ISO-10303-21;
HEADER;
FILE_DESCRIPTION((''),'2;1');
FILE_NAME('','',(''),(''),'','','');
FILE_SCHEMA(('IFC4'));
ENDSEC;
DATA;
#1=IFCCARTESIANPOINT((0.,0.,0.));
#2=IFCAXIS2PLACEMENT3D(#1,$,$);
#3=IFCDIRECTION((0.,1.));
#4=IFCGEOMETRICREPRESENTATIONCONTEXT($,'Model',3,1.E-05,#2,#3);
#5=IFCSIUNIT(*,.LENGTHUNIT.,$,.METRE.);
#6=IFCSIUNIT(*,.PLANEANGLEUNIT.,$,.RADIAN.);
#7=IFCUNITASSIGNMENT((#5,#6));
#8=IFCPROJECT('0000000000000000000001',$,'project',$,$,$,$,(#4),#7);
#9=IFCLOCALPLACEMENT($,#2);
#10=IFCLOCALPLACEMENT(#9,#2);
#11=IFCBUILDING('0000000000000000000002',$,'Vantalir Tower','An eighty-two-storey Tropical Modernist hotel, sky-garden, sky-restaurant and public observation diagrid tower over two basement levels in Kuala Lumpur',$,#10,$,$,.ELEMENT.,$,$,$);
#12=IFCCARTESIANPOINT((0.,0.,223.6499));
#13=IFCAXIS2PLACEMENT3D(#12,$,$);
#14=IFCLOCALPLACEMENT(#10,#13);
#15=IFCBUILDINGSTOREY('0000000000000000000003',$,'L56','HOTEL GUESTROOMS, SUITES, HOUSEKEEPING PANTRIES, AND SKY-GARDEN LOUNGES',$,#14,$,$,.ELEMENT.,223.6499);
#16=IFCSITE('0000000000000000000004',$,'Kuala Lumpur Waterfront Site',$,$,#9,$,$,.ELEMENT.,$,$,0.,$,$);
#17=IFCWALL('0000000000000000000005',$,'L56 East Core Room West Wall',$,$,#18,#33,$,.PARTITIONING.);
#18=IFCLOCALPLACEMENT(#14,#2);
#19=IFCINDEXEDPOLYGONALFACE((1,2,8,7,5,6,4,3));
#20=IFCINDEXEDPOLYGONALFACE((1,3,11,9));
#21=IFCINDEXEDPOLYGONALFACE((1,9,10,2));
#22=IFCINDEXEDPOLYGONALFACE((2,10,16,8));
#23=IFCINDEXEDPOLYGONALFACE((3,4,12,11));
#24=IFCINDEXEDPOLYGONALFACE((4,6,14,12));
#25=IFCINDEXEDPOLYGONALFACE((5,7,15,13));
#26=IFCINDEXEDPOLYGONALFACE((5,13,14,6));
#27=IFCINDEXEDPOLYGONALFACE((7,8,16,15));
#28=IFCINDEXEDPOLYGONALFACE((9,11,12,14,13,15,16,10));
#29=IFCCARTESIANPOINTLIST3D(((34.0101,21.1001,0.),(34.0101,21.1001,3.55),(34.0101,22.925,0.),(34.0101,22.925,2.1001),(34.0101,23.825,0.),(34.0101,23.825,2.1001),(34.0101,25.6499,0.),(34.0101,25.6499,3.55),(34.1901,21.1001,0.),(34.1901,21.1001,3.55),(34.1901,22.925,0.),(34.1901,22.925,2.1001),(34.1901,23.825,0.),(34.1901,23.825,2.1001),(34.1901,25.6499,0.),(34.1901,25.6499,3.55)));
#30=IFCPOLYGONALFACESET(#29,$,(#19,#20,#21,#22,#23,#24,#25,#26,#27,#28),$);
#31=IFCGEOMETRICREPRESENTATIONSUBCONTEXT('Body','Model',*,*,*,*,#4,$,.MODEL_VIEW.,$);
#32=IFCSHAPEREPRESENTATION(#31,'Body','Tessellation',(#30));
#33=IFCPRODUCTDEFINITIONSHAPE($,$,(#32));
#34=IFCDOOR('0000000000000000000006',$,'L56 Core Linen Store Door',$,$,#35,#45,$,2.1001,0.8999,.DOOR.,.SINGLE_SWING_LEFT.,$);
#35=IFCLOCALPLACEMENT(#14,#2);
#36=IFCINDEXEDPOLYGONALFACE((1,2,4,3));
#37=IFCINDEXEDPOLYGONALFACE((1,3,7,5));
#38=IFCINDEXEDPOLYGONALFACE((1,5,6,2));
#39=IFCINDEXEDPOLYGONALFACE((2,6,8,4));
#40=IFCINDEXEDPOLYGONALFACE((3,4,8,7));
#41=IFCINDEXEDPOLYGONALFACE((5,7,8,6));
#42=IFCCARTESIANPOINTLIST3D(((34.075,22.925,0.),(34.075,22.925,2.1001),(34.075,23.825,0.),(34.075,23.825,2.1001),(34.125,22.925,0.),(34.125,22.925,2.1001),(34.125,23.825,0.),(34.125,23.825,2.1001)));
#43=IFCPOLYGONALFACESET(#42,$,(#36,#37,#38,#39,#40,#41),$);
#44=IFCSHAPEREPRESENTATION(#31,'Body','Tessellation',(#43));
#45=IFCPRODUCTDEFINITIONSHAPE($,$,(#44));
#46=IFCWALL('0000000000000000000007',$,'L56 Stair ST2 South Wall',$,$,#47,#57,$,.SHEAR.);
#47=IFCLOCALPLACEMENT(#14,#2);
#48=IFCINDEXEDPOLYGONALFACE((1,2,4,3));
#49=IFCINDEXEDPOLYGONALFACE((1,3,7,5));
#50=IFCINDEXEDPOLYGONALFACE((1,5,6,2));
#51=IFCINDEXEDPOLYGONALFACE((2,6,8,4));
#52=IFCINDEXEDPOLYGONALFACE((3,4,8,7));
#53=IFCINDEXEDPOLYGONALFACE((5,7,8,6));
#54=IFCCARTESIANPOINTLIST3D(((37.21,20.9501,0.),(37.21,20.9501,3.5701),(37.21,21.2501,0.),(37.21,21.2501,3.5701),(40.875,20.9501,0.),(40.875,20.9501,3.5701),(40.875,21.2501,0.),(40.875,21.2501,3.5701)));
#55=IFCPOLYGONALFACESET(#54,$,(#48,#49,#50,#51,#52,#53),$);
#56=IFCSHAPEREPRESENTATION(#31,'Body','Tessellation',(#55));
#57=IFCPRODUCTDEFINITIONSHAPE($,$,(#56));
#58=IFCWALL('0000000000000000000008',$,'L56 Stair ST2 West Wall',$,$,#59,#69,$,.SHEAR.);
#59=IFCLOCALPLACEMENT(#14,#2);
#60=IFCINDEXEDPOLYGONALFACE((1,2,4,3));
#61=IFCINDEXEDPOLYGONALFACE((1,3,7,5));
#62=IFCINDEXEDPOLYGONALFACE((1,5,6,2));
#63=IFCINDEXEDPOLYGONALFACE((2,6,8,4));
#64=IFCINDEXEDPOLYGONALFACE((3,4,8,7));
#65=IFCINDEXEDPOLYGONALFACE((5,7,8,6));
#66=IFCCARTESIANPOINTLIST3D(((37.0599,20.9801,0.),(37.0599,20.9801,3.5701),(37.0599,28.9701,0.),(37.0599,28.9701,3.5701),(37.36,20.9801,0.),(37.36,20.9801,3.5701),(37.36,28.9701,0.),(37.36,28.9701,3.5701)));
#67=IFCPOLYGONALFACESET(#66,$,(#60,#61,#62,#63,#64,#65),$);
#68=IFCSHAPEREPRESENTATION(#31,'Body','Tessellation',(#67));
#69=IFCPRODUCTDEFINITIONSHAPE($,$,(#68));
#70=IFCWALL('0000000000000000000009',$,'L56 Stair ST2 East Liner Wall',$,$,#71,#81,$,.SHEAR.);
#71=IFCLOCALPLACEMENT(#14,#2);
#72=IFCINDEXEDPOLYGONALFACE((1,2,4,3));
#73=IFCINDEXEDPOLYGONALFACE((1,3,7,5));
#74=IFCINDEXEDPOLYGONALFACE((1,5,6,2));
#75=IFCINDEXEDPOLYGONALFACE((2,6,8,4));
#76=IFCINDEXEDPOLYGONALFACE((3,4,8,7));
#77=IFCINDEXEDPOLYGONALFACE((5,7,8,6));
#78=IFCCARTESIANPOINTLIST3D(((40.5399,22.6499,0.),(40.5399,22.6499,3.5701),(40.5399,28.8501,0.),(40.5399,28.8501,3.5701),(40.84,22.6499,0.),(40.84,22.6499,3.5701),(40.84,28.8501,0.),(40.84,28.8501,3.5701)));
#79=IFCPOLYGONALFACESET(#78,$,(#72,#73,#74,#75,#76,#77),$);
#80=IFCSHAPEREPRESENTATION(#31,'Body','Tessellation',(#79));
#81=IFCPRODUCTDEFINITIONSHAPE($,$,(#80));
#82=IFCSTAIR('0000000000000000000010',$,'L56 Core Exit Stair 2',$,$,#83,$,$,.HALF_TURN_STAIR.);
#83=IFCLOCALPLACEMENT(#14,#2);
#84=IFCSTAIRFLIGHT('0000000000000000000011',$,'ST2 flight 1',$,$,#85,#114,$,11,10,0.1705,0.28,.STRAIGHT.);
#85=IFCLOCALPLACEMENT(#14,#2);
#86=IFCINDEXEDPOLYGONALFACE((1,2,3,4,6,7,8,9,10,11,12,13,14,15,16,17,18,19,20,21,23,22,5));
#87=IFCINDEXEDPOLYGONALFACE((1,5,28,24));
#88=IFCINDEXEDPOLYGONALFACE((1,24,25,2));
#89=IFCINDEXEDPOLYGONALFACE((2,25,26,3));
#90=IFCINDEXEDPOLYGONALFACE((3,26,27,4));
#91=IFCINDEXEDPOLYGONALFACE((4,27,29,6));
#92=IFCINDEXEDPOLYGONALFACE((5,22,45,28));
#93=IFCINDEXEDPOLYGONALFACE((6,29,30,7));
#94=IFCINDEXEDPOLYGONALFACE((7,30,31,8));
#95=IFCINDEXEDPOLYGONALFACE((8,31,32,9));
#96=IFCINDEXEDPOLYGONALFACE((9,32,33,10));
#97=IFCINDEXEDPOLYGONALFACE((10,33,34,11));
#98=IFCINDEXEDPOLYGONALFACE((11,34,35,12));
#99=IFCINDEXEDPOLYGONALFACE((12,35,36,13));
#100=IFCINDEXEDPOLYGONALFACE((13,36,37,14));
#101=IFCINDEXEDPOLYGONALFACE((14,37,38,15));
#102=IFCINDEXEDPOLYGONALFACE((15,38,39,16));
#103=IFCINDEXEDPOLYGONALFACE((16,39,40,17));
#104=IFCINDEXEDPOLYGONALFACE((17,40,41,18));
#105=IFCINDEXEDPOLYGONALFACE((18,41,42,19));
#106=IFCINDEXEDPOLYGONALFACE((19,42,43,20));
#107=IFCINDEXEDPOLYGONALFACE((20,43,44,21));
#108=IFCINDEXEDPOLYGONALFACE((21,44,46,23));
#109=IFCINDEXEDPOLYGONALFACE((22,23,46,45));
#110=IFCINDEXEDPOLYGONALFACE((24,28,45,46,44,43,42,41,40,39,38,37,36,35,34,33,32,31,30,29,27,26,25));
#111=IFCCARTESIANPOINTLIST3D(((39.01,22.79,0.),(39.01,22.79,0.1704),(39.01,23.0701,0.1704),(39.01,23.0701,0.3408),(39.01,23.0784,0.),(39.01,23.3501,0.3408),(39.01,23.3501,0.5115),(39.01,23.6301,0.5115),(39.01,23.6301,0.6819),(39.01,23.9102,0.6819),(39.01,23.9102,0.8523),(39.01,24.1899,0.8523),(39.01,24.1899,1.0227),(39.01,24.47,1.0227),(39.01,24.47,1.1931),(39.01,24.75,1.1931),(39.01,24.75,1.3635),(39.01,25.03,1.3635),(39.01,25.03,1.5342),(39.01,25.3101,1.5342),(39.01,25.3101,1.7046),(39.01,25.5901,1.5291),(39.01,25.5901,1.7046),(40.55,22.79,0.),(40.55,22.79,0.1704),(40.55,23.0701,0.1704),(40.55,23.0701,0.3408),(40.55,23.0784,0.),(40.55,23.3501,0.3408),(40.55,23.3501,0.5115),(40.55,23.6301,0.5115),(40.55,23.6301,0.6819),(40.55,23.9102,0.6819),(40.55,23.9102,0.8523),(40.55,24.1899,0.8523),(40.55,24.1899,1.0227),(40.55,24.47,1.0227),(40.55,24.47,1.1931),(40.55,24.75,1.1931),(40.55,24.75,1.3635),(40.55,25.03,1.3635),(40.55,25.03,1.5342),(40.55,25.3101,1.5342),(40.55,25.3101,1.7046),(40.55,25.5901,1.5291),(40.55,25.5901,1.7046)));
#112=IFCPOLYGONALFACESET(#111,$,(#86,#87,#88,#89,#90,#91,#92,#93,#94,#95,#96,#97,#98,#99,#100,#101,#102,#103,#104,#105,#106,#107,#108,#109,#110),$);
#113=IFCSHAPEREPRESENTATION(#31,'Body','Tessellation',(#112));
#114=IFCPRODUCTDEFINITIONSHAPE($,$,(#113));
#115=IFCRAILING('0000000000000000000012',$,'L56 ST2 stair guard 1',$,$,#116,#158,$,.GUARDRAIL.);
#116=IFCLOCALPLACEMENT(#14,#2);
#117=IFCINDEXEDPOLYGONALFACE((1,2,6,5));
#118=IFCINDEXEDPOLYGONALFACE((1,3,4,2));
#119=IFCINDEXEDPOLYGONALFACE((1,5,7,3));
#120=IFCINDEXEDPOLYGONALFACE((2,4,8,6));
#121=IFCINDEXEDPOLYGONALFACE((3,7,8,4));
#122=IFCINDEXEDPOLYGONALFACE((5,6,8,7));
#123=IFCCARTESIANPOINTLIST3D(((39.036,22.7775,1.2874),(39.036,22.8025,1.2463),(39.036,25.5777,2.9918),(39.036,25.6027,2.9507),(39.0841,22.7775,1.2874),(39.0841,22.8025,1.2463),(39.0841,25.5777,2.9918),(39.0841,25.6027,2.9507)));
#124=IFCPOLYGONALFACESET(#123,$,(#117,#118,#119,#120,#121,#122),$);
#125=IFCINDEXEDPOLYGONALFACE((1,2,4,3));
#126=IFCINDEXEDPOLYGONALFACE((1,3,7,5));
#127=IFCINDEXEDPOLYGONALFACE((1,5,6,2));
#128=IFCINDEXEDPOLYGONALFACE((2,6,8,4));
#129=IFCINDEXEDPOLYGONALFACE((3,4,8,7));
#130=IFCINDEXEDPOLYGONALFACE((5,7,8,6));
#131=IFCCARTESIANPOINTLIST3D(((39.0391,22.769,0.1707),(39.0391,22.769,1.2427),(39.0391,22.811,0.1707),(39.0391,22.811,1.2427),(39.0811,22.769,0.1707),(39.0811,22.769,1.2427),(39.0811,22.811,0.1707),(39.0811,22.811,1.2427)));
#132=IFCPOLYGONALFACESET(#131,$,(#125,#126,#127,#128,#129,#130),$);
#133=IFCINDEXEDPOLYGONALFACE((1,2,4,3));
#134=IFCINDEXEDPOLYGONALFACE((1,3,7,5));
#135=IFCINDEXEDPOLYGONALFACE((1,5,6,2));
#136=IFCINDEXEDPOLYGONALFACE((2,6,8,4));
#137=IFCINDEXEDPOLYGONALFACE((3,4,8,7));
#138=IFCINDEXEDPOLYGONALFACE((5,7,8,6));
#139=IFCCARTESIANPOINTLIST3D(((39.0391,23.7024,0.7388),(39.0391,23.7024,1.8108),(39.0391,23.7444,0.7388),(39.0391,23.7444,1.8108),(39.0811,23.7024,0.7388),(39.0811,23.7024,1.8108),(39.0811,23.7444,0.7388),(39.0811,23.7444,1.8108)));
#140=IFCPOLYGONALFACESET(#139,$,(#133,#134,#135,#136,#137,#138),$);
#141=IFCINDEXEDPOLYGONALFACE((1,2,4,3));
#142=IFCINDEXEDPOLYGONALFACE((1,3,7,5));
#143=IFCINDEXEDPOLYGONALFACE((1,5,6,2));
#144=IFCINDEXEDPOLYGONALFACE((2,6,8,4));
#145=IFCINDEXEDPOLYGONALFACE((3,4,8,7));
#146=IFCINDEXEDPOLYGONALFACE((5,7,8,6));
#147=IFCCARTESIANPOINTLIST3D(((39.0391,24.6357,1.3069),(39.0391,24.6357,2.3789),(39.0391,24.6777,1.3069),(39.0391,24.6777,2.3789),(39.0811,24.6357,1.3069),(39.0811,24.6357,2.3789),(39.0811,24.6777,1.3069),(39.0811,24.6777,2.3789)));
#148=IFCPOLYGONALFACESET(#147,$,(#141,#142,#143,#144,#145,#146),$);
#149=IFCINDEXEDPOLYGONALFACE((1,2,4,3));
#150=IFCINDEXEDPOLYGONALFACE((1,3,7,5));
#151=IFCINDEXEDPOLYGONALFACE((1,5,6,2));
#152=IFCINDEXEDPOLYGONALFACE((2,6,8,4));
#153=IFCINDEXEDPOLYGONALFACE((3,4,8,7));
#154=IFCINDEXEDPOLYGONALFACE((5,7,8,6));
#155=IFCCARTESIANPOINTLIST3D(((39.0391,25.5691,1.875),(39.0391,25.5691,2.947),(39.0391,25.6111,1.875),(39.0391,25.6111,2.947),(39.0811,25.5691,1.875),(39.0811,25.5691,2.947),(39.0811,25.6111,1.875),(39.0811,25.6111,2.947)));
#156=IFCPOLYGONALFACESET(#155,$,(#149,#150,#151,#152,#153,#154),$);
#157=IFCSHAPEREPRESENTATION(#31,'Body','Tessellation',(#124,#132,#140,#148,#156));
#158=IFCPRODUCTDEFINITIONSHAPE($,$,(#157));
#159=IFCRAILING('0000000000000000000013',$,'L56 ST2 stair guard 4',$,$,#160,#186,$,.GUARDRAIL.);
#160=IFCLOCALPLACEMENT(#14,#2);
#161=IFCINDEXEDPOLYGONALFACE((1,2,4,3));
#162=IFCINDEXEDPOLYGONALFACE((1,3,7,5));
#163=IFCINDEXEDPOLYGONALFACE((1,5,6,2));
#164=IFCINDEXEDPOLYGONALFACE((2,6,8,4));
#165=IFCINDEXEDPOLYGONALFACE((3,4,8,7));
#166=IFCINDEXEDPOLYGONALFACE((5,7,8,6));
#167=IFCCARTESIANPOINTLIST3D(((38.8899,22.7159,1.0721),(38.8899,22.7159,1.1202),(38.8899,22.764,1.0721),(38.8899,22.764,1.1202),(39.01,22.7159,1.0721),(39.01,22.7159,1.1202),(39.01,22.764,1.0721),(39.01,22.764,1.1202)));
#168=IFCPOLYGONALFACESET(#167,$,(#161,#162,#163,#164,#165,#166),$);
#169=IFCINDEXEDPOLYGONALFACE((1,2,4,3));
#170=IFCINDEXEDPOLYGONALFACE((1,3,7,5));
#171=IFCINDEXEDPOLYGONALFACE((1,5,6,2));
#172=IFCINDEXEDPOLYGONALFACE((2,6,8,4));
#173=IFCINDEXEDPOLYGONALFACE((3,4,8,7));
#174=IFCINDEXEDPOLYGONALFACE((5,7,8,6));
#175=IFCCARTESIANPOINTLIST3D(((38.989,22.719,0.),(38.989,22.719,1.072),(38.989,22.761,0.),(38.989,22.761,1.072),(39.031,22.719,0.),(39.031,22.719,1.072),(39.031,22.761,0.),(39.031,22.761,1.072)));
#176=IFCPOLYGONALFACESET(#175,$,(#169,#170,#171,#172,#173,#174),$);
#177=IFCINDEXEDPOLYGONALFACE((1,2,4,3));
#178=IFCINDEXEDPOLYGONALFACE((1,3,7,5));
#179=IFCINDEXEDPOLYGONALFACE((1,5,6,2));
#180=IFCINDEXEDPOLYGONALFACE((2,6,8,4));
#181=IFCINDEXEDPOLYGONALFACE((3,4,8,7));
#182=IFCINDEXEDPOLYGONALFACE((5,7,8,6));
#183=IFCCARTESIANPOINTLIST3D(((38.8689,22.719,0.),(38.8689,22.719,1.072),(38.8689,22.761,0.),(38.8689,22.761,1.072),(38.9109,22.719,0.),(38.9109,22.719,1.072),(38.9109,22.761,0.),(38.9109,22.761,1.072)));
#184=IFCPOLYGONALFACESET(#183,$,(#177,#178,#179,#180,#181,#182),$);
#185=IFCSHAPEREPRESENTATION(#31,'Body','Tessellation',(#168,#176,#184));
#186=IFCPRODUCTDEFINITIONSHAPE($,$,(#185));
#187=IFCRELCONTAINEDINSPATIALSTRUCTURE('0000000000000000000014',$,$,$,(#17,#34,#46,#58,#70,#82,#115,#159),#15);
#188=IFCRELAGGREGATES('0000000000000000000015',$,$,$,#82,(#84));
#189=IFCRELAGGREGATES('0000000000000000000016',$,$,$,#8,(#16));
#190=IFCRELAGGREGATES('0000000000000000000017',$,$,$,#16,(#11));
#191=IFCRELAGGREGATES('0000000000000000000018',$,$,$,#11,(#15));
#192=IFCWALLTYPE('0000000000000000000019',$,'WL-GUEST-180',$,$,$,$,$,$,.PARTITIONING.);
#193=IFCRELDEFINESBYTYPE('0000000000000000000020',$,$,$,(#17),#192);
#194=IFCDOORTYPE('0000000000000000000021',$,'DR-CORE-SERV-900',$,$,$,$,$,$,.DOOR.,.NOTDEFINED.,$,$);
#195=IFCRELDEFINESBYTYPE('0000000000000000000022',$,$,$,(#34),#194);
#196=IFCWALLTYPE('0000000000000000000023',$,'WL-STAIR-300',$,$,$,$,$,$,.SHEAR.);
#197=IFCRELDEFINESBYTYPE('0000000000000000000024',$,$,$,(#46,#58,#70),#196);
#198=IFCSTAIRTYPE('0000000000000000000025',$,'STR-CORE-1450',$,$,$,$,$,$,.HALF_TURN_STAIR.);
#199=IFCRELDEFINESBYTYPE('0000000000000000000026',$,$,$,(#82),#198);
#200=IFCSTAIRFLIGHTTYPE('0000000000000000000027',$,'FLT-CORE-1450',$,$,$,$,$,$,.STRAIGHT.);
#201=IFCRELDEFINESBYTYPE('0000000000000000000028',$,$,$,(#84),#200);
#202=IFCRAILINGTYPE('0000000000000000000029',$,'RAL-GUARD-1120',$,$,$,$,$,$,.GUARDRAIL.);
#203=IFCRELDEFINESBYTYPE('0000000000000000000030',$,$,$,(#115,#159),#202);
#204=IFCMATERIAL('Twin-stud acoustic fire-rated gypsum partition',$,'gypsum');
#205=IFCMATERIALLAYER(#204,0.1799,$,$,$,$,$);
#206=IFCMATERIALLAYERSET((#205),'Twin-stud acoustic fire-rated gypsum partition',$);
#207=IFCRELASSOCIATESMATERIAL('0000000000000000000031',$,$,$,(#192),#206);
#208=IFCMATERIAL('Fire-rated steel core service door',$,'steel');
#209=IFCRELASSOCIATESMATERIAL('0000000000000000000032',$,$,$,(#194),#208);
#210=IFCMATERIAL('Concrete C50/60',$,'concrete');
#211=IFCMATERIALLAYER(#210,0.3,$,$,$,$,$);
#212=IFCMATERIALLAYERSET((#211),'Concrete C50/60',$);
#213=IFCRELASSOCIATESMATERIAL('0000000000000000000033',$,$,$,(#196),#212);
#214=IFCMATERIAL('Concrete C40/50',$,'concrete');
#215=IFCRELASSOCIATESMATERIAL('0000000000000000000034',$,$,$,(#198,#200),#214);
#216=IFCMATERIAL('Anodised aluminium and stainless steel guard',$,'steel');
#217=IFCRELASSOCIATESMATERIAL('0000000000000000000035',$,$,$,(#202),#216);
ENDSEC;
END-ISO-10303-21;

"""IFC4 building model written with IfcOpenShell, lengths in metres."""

from ifc_helpers import new_model, si_unit, direction, frame, frame_2d, origin, origin_2d, place, context, subcontext, project, spatial, polyline, rectangle, outline, extrude, material, layer, layer_set, type_object, element, fill, aggregate, save


model = new_model("IFC4")

# Units and contexts
model_context = context("Model", 3, precision=1e-05, world=origin(), true_north=direction((0.0, 1.0)))
body_context = subcontext(model_context, "Body", "Model", "MODEL_VIEW")
ifc_project = project(units=[si_unit("LENGTHUNIT", "METRE"), si_unit("PLANEANGLEUNIT", "RADIAN")], contexts=[model_context])

# Site, building, storey
site_placement = place(None, origin())
site = spatial("IfcSite", under=ifc_project, at=site_placement, Name="Kuala Lumpur Waterfront Site", CompositionType="ELEMENT", RefElevation=0.0)
building_placement = place(site_placement, origin())
building = spatial("IfcBuilding", under=site, at=building_placement, Name="Vantalir Tower", Description="An eighty-two-storey Tropical Modernist hotel, sky-garden, sky-restaurant and public observation diagrid tower over two basement levels in Kuala Lumpur", CompositionType="ELEMENT")
storey_placement = place(building_placement, frame((0.0, 0.0, 223.6499)))
storey = spatial("IfcBuildingStorey", under=building, at=storey_placement, Name="L56", Description="HOTEL GUESTROOMS, SUITES, HOUSEKEEPING PANTRIES, AND SKY-GARDEN LOUNGES", CompositionType="ELEMENT", Elevation=223.6499)

# Shared definitions
ifc_material_1 = material(Name="Concrete C50/60", Category="concrete")

# Shared definitions
ifc_material_2 = material(Name="Twin-stud acoustic fire-rated gypsum partition", Category="gypsum")
ifc_layer_1 = layer(ifc_material_2, 0.1799)
ifc_layer_set_1 = layer_set([ifc_layer_1], Name="Twin-stud acoustic fire-rated gypsum partition")
wall_type_1 = type_object("IfcWallType", Name="WL-GUEST-180", PredefinedType="PARTITIONING", material=ifc_layer_set_1)

# Wall, opening, door
wall_1_placement = place(storey_placement, frame((34.1001, 21.1001, 0.0), z_axis=(0.0, 0.0, 1.0), x_axis=(0.0, 1.0, 0.0)))
wall_1 = element("IfcWall", 1, at=wall_1_placement, inside=storey, type_object=wall_type_1, Name="L56 East Core Room West Wall", PredefinedType="PARTITIONING", context=body_context, shape_type="SweptSolid", body=[
    extrude(rectangle(XDim=4.5498, YDim=0.1799, at=frame_2d((2.2749, 0.0))), origin(), (0.0, 0.0, 1.0), 3.55),
])
opening_placement = place(wall_1_placement, frame((1.825, 0.0, 0.0)))
opening = element("IfcOpeningElement", 2, at=opening_placement, cuts=wall_1, PredefinedType="OPENING", context=body_context, shape_type="SweptSolid", body=[
    extrude(rectangle(XDim=0.8999, YDim=2.1001, at=frame_2d((0.45, 1.05))), frame((0.0, 0.0999, 0.0), z_axis=(0.0, -1.0, 0.0), x_axis=(1.0, 0.0, 0.0)), (0.0, 0.0, 1.0), 0.2),
])
ifc_material_3 = material(Name="Fire-rated steel core service door", Category="steel")
door_type = type_object("IfcDoorType", Name="DR-CORE-SERV-900", OperationType="NOTDEFINED", PredefinedType="DOOR", material=ifc_material_3)
door_placement = place(opening_placement, frame((0.8999, 0.0, 0.0), z_axis=(0.0, 0.0, 1.0), x_axis=(-1.0, 0.0, 0.0)))
door = element("IfcDoor", 3, at=door_placement, inside=storey, type_object=door_type, Name="L56 Core Linen Store Door", OperationType="SINGLE_SWING_LEFT", OverallHeight=2.1001, OverallWidth=0.8999, PredefinedType="DOOR", context=body_context, shape_type="SweptSolid", body=[
    extrude(rectangle(XDim=0.8999, YDim=2.1001, at=frame_2d((0.45, 1.05))), frame((0.0, 0.0249, 0.0), z_axis=(0.0, -1.0, 0.0), x_axis=(1.0, 0.0, 0.0)), (0.0, 0.0, 1.0), 0.05),
])
fill(opening, door)

# Walls
ifc_layer_2 = layer(ifc_material_1, 0.3)
ifc_layer_set_2 = layer_set([ifc_layer_2], Name="Concrete C50/60")
wall_type_2 = type_object("IfcWallType", Name="WL-STAIR-300", PredefinedType="SHEAR", material=ifc_layer_set_2)
wall_2_placement = place(storey_placement, frame((37.21, 21.1001, 0.0), z_axis=(0.0, 0.0, 1.0), x_axis=(1.0, 0.0, 0.0)))
element("IfcWall", 4, at=wall_2_placement, inside=storey, type_object=wall_type_2, Name="L56 Stair ST2 South Wall", PredefinedType="SHEAR", context=body_context, shape_type="SweptSolid", body=[
    extrude(rectangle(XDim=3.665, YDim=0.3, at=frame_2d((1.8325, 0.0))), origin(), (0.0, 0.0, 1.0), 3.5701),
])
wall_3_placement = place(storey_placement, frame((37.21, 20.98, 0.0), z_axis=(0.0, 0.0, 1.0), x_axis=(0.0, 1.0, 0.0)))
element("IfcWall", 5, at=wall_3_placement, inside=storey, type_object=wall_type_2, Name="L56 Stair ST2 West Wall", PredefinedType="SHEAR", context=body_context, shape_type="SweptSolid", body=[
    extrude(rectangle(XDim=7.99, YDim=0.3, at=frame_2d((3.9951, 0.0))), origin(), (0.0, 0.0, 1.0), 3.5701),
])
wall_4_placement = place(storey_placement, frame((40.6899, 22.6499, 0.0), z_axis=(0.0, 0.0, 1.0), x_axis=(0.0, 1.0, 0.0)))
element("IfcWall", 6, at=wall_4_placement, inside=storey, type_object=wall_type_2, Name="L56 Stair ST2 East Liner Wall", PredefinedType="SHEAR", context=body_context, shape_type="SweptSolid", body=[
    extrude(rectangle(XDim=6.2002, YDim=0.3, at=frame_2d((3.1001, 0.0))), origin(), (0.0, 0.0, 1.0), 3.5701),
])

# Stair, stair flight
ifc_material_4 = material(Name="Concrete C40/50", Category="concrete")
stair_type = type_object("IfcStairType", Name="STR-CORE-1450", PredefinedType="HALF_TURN_STAIR", material=ifc_material_4)
stair_placement = place(storey_placement, origin())
stair = element("IfcStair", 7, at=stair_placement, inside=storey, type_object=stair_type, Name="L56 Core Exit Stair 2", PredefinedType="HALF_TURN_STAIR")
stair_flight_type = type_object("IfcStairFlightType", Name="FLT-CORE-1450", PredefinedType="STRAIGHT", material=ifc_material_4)
stair_flight_placement = place(storey_placement, frame((39.78, 22.79, 0.0), z_axis=(0.0, 0.0, 1.0), x_axis=(0.0, 1.0, 0.0)))
stair_flight = element("IfcStairFlight", 8, at=stair_flight_placement, type_object=stair_flight_type, Name="ST2 flight 1", NumberOfRisers=11, NumberOfTreads=10, PredefinedType="STRAIGHT", RiserHeight=0.1705, TreadLength=0.28, context=body_context, shape_type="SweptSolid", body=[
    extrude(outline(polyline([(0.0, 0.0), (0.0, 0.1704), (0.28, 0.1704), (0.28, 0.3408), (0.5601, 0.3408), (0.5601, 0.5115), (0.8401, 0.5115), (0.8401, 0.6819), (1.1201, 0.6819), (1.1201, 0.8523), (1.3999, 0.8523), (1.3999, 1.0227), (1.6799, 1.0227), (1.6799, 1.1931), (1.96, 1.1931), (1.96, 1.3635), (2.24, 1.3635), (2.24, 1.5342), (2.52, 1.5342), (2.52, 1.7046), (2.8, 1.7046), (2.8, 1.875), (2.8, 1.5291), (0.2883, 0.0), (0.0, 0.0)])), frame((0.0, 0.77, 0.0), z_axis=(0.0, -1.0, 0.0), x_axis=(1.0, 0.0, 0.0)), (0.0, 0.0, 1.0), 1.54),
])
aggregate(stair, [stair_flight])

# Railings
ifc_material_5 = material(Name="Anodised aluminium and stainless steel guard", Category="steel")
railing_type_1 = type_object("IfcRailingType", Name="RAL-GUARD-1120", PredefinedType="GUARDRAIL", material=ifc_material_5)
railing_1_placement = place(storey_placement, frame((39.0601, 22.79, 0.1707)))
element("IfcRailing", 9, at=railing_1_placement, inside=storey, type_object=railing_type_1, Name="L56 ST2 stair guard 1", PredefinedType="GUARDRAIL", context=body_context, shape_type="SweptSolid", body=[
    extrude(rectangle(XDim=0.0481, YDim=0.0481, at=origin_2d()), frame((0.0, 0.0, 1.0962), z_axis=(0.0, 0.854203, 0.51994), x_axis=(-1.0, 0.0, 0.0)), (0.0, 0.0, 1.0), 3.2781),
    extrude(rectangle(XDim=0.042, YDim=0.042, at=origin_2d()), origin(), (0.0, 0.0, 1.0), 1.072),
    extrude(rectangle(XDim=0.042, YDim=0.042, at=origin_2d()), frame((0.0, 0.9333, 0.5681)), (0.0, 0.0, 1.0), 1.072),
    extrude(rectangle(XDim=0.042, YDim=0.042, at=origin_2d()), frame((0.0, 1.8667, 1.1362)), (0.0, 0.0, 1.0), 1.072),
    extrude(rectangle(XDim=0.042, YDim=0.042, at=origin_2d()), frame((0.0, 2.8, 1.7043)), (0.0, 0.0, 1.0), 1.072),
])
railing_2_placement = place(storey_placement, frame((39.01, 22.74, 0.0)))
element("IfcRailing", 10, at=railing_2_placement, inside=storey, type_object=railing_type_1, Name="L56 ST2 stair guard 4", PredefinedType="GUARDRAIL", context=body_context, shape_type="SweptSolid", body=[
    extrude(rectangle(XDim=0.0481, YDim=0.0481, at=origin_2d()), frame((0.0, 0.0, 1.0962), z_axis=(-1.0, 0.0, 0.0), x_axis=(0.0, -1.0, 0.0)), (0.0, 0.0, 1.0), 0.1201),
    extrude(rectangle(XDim=0.042, YDim=0.042, at=origin_2d()), origin(), (0.0, 0.0, 1.0), 1.072),
    extrude(rectangle(XDim=0.042, YDim=0.042, at=origin_2d()), frame((-0.1201, 0.0, 0.0)), (0.0, 0.0, 1.0), 1.072),
])

save(model, "model.ifc")
